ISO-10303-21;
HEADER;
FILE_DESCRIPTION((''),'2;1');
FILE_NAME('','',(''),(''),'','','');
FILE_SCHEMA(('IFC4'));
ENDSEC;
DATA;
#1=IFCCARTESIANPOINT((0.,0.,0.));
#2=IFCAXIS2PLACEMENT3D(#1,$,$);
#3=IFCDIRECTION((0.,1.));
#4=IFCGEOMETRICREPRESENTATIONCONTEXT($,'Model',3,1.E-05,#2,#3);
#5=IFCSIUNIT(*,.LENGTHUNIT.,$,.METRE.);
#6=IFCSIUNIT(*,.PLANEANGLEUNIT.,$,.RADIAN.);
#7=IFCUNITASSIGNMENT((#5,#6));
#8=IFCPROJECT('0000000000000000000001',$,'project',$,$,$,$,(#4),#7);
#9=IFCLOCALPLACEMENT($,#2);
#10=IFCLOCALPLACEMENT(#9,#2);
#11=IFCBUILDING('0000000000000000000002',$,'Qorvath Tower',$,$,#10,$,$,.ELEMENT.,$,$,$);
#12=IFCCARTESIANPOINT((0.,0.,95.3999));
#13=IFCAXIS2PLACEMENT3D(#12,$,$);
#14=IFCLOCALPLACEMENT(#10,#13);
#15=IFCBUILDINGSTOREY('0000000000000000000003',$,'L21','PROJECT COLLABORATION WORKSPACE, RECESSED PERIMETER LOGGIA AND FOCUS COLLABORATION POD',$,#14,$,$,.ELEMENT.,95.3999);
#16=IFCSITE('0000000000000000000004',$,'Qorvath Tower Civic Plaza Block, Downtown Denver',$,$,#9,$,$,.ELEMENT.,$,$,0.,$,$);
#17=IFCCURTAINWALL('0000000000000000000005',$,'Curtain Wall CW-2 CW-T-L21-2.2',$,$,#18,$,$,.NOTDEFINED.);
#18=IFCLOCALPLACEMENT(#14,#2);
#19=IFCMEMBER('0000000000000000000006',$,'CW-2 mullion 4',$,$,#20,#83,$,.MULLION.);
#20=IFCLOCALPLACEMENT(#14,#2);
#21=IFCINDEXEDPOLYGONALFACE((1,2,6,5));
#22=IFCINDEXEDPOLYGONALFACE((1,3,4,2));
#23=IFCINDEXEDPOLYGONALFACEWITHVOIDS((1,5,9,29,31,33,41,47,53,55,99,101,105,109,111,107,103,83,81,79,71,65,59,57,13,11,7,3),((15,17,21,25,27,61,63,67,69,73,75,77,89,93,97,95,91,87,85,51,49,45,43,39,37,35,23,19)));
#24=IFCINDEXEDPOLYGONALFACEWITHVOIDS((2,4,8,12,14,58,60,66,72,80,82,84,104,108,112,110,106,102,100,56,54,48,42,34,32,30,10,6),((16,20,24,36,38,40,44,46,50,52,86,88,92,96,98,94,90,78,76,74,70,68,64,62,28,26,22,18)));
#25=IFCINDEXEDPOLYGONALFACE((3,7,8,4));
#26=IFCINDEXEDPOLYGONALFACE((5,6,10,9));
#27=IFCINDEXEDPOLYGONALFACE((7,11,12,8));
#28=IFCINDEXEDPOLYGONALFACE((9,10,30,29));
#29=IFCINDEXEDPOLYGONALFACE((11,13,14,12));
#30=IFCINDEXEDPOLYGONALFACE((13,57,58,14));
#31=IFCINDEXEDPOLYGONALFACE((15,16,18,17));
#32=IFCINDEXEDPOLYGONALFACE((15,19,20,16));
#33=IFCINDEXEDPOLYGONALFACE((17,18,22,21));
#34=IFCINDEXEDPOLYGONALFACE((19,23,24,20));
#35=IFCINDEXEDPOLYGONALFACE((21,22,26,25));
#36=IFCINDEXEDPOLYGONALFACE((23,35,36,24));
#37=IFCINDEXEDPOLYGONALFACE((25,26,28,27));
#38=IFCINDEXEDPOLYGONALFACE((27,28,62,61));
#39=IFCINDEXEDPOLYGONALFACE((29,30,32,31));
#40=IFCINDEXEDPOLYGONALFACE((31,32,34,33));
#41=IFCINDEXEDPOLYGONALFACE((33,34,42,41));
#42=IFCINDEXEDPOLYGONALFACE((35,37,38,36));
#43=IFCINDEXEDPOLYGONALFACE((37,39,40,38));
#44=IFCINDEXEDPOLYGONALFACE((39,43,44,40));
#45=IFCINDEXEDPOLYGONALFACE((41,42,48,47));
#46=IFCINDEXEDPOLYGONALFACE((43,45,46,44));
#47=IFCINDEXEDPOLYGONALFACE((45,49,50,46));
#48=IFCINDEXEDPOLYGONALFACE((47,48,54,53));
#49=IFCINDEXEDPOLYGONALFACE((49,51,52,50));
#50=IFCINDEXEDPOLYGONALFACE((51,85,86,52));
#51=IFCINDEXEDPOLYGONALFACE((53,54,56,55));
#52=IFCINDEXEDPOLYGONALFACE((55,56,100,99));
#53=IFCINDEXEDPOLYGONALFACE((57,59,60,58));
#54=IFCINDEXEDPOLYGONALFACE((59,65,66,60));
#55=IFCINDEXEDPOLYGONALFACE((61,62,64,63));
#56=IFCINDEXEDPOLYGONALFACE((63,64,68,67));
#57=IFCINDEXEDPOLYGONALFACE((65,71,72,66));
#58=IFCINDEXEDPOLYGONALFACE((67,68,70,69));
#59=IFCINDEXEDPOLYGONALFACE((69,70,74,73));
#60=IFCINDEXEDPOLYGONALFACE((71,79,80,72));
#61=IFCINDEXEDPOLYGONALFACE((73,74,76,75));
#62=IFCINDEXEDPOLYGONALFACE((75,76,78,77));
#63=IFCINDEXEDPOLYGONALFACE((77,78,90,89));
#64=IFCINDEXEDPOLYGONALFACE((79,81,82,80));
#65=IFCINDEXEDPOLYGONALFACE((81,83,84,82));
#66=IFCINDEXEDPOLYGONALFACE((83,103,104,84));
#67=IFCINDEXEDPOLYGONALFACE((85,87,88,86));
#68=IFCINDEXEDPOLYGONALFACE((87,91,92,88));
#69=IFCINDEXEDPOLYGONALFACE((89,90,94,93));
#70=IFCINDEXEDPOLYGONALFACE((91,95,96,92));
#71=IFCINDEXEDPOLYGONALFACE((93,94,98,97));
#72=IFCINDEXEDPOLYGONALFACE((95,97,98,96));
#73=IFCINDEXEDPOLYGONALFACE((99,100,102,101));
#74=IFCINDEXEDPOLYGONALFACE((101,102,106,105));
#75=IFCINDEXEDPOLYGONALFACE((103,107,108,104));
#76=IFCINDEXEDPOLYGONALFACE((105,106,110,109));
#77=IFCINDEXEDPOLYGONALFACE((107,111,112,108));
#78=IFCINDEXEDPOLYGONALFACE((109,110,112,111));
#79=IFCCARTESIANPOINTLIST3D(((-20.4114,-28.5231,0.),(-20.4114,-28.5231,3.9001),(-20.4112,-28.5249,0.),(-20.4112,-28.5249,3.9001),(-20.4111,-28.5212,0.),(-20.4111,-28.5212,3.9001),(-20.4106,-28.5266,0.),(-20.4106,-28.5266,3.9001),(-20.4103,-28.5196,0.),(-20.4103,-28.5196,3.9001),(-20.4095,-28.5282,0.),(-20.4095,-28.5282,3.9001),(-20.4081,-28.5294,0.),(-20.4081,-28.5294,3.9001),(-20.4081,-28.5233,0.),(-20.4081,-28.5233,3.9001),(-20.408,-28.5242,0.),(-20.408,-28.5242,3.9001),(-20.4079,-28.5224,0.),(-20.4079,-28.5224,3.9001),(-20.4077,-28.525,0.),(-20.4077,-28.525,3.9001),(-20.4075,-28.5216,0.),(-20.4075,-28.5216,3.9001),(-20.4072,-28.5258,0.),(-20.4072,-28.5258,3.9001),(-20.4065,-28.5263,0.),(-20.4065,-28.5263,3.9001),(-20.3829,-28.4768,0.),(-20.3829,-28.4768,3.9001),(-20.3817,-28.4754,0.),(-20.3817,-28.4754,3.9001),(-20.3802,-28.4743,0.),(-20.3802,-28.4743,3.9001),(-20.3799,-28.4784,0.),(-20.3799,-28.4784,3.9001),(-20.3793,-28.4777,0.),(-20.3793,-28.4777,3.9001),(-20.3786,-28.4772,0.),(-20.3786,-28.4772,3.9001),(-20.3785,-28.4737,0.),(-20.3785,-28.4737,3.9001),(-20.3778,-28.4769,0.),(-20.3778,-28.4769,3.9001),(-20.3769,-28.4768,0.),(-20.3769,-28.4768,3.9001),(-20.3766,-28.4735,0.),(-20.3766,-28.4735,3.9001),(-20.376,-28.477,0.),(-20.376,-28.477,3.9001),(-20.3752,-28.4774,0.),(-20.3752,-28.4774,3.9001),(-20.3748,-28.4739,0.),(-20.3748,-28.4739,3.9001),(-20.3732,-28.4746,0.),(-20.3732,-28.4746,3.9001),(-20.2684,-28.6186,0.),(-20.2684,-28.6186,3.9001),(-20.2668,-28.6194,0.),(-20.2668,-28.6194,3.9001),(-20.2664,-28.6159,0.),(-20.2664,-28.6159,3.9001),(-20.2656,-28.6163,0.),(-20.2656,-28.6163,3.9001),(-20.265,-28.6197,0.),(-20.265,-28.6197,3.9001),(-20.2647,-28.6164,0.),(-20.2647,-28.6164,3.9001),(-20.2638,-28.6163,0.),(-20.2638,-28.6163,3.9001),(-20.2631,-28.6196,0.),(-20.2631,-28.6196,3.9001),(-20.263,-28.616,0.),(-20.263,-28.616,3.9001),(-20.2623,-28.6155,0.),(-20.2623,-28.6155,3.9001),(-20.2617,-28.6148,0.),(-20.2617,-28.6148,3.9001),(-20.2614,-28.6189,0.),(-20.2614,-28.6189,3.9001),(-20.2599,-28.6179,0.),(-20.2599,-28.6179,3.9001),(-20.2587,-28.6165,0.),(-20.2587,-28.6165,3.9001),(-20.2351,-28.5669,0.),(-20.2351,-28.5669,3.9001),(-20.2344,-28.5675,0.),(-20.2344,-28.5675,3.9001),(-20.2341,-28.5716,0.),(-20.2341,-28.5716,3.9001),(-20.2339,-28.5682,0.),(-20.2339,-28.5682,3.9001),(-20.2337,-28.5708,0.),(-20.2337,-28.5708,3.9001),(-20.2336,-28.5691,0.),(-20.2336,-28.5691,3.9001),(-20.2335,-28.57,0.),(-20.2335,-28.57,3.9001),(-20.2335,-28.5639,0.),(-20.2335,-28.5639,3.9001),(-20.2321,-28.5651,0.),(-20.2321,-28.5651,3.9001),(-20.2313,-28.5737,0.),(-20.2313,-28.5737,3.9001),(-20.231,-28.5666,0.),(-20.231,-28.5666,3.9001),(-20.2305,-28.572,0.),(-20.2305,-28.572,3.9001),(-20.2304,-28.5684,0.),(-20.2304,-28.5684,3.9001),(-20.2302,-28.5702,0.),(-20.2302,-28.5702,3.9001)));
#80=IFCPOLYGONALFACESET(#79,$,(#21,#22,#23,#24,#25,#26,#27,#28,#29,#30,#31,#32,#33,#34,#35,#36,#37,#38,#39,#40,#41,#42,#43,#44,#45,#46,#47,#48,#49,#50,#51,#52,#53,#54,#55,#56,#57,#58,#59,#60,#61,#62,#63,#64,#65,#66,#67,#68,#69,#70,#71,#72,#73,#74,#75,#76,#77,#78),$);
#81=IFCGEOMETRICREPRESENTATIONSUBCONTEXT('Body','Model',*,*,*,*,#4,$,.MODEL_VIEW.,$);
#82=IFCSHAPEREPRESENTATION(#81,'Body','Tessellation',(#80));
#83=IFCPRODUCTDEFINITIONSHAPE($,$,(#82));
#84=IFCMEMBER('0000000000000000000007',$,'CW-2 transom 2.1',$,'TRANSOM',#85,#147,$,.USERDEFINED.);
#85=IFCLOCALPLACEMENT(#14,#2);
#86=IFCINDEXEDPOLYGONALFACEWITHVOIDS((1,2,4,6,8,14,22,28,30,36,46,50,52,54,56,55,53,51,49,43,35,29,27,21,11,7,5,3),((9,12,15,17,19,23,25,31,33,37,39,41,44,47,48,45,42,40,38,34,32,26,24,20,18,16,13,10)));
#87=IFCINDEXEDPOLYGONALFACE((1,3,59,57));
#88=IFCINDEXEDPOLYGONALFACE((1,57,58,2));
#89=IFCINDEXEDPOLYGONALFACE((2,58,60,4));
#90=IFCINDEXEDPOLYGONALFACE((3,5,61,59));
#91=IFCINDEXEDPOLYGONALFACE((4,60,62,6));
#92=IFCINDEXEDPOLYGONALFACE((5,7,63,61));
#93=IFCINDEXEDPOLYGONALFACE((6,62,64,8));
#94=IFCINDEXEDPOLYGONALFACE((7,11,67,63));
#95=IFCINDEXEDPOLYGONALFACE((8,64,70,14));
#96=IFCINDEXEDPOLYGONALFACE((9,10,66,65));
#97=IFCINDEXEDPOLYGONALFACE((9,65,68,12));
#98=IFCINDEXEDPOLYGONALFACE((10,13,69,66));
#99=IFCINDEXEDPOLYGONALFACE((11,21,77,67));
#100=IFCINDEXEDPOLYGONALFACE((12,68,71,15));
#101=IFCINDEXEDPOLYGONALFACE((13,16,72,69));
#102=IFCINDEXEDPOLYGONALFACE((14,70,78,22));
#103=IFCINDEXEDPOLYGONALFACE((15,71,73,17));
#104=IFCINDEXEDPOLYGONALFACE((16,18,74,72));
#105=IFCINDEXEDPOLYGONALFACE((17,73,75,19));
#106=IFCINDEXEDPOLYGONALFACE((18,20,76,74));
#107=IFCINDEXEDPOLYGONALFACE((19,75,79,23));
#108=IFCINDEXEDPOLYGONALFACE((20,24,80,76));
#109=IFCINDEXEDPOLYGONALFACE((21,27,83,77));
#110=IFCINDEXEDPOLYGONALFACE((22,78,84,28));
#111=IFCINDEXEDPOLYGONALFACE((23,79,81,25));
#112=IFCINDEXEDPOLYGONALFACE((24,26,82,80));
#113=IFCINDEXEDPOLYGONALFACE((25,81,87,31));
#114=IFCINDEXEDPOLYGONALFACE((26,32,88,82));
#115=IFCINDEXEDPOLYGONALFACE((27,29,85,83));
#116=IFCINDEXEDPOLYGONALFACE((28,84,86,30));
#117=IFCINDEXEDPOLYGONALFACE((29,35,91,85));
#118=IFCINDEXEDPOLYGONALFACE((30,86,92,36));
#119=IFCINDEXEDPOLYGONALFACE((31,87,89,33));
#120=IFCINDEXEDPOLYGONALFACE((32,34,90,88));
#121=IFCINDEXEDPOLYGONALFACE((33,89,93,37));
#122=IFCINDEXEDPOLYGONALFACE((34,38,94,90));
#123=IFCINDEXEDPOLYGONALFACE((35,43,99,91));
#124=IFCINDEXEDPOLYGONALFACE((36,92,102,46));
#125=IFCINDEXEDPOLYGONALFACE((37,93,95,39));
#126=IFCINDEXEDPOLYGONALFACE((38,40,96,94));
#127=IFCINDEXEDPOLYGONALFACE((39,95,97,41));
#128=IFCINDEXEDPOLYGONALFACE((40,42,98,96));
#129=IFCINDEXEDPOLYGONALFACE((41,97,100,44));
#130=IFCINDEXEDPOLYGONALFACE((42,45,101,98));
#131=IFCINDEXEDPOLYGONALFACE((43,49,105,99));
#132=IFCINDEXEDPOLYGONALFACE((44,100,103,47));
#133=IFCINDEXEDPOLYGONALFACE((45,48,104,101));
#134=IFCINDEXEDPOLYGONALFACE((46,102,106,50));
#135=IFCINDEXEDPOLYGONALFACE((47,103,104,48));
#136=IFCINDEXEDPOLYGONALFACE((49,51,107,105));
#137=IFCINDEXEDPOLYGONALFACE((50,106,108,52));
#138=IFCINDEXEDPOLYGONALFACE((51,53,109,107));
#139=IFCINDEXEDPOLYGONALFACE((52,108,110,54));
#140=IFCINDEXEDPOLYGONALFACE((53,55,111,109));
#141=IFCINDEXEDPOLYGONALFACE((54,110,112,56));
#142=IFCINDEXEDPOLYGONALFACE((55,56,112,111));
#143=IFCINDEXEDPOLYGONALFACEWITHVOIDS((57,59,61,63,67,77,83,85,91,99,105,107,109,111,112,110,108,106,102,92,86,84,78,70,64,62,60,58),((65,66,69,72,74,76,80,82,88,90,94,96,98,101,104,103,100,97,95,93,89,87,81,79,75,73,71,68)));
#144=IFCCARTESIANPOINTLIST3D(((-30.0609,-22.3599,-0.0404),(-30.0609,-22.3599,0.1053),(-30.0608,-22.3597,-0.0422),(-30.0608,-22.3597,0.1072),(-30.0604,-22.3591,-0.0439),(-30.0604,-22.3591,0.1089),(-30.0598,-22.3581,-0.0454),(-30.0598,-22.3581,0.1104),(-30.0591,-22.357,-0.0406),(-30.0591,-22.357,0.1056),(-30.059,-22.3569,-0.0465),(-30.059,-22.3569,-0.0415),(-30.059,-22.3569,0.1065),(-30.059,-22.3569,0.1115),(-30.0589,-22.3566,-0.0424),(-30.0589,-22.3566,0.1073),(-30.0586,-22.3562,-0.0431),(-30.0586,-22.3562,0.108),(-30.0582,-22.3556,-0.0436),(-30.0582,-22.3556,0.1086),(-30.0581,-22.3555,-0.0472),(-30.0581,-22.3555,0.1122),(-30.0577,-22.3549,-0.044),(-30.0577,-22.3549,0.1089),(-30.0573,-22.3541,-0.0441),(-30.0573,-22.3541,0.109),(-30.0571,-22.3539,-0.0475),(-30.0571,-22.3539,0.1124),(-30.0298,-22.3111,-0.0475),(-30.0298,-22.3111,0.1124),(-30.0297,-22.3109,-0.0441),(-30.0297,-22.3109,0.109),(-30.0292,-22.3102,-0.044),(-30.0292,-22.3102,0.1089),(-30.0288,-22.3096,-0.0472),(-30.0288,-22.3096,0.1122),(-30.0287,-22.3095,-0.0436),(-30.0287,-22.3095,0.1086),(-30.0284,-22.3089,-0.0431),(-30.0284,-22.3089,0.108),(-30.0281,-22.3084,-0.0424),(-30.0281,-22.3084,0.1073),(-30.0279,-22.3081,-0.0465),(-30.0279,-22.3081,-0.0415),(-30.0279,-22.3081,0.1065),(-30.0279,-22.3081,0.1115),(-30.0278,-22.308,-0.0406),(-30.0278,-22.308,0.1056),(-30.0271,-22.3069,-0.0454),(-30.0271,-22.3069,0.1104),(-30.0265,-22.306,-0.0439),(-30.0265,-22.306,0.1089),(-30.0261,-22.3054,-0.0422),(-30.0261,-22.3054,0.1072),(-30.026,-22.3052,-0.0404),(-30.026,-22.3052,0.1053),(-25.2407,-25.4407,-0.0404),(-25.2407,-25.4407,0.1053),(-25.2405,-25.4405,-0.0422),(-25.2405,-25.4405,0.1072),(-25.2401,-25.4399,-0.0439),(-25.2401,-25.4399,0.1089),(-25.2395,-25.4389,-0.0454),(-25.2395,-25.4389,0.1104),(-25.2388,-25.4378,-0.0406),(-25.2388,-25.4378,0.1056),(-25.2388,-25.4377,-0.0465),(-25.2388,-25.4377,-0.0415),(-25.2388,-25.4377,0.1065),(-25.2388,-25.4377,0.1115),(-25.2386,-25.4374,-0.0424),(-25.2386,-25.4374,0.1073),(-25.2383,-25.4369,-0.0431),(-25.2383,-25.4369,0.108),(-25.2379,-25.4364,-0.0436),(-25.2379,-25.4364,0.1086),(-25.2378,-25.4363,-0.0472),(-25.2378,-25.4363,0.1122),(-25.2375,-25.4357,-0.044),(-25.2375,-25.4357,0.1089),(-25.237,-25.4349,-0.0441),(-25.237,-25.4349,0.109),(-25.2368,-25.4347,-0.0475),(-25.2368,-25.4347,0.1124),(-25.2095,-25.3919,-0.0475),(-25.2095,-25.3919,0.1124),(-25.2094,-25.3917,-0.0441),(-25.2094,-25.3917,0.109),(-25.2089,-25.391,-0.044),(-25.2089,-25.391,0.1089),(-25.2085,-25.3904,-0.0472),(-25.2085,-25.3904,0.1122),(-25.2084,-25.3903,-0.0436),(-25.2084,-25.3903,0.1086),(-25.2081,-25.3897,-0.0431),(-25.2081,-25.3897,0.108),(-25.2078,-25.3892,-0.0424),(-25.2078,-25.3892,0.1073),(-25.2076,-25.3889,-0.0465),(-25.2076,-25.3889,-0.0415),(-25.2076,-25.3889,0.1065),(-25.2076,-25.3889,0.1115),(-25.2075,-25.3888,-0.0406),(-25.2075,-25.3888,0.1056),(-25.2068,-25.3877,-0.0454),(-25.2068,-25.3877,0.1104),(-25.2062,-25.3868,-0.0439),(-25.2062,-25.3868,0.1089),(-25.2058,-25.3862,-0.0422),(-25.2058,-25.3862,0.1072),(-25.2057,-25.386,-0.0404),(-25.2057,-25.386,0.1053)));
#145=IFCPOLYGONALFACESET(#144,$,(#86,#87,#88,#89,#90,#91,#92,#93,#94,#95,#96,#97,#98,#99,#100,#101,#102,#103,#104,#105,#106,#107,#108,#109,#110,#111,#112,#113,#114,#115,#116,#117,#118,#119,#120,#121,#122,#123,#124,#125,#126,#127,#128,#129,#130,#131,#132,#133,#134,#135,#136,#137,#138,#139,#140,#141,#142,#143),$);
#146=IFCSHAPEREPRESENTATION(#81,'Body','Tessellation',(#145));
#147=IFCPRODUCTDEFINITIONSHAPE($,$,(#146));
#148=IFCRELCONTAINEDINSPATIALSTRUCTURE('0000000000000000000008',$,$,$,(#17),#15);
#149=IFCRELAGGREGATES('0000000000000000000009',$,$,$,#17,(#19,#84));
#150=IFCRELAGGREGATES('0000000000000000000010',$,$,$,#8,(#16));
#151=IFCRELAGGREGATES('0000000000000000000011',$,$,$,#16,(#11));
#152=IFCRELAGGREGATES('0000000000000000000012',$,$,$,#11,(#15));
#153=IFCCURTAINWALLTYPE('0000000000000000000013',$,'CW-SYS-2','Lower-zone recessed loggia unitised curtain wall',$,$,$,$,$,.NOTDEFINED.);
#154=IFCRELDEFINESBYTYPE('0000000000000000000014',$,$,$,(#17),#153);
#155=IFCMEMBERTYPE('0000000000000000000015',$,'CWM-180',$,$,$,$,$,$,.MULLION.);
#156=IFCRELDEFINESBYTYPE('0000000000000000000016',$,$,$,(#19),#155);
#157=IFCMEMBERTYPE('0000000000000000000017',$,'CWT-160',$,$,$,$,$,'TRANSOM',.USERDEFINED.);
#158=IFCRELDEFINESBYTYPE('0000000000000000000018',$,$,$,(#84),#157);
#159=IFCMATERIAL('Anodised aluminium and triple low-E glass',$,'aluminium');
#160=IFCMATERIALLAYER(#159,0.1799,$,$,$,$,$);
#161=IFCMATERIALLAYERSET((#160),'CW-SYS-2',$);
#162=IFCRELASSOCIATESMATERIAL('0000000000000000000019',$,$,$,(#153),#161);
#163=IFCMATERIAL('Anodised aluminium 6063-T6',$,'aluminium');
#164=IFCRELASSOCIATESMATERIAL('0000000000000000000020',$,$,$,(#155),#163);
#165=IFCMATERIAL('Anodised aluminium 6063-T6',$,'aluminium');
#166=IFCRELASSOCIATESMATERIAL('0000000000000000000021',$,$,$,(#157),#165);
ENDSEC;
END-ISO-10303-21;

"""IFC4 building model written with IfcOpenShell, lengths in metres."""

from ifc_helpers import new_model, si_unit, direction, frame, origin, origin_2d, place, context, subcontext, project, spatial, hollow_rectangle, extrude, material, layer, layer_set, material_profile, profile_set, type_object, element, aggregate, save


model = new_model("IFC4")

# Units and contexts
model_context = context("Model", 3, precision=1e-05, world=origin(), true_north=direction((0.0, 1.0)))
body_context = subcontext(model_context, "Body", "Model", "MODEL_VIEW")
ifc_project = project(units=[si_unit("LENGTHUNIT", "METRE"), si_unit("PLANEANGLEUNIT", "RADIAN")], contexts=[model_context])

# Site, building, storey
site_placement = place(None, origin())
site = spatial("IfcSite", under=ifc_project, at=site_placement, Name="Qorvath Tower Civic Plaza Block, Downtown Denver", CompositionType="ELEMENT", RefElevation=0.0)
building_placement = place(site_placement, origin())
building = spatial("IfcBuilding", under=site, at=building_placement, Name="Qorvath Tower", CompositionType="ELEMENT")
storey_placement = place(building_placement, frame((0.0, 0.0, 95.3999)))
storey = spatial("IfcBuildingStorey", under=building, at=storey_placement, Name="L21", Description="PROJECT COLLABORATION WORKSPACE, RECESSED PERIMETER LOGGIA AND FOCUS COLLABORATION POD", CompositionType="ELEMENT", Elevation=95.3999)

# Curtain wall, members
ifc_material_1 = material(Name="Anodised aluminium and triple low-E glass", Category="aluminium")
ifc_layer_1 = layer(ifc_material_1, 0.1799)
ifc_layer_set_1 = layer_set([ifc_layer_1], Name="CW-SYS-2")
curtain_wall_type = type_object("IfcCurtainWallType", Name="CW-SYS-2", Description="Lower-zone recessed loggia unitised curtain wall", PredefinedType="NOTDEFINED", material=ifc_layer_set_1)
curtain_wall_placement = place(storey_placement, origin())
curtain_wall = element("IfcCurtainWall", 1, at=curtain_wall_placement, inside=storey, type_object=curtain_wall_type, Name="Curtain Wall CW-2 CW-T-L21-2.2", PredefinedType="NOTDEFINED")
ifc_material_2 = material(Name="Anodised aluminium 6063-T6", Category="aluminium")
ifc_material_profile_1 = material_profile(ifc_material_2, hollow_rectangle(XDim=0.0649, YDim=0.1799, WallThickness=0.0034, InnerFilletRadius=0.0034, OuterFilletRadius=0.0071, at=origin_2d()), Name="CWM 180x65")
ifc_profile_set_1 = profile_set([ifc_material_profile_1], Name="Anodised aluminium 6063-T6")
member_type_1 = type_object("IfcMemberType", Name="CWM-180", PredefinedType="MULLION", material=ifc_profile_set_1)
member_1_placement = place(storey_placement, frame((-20.3208, -28.5466, 0.0), z_axis=(0.0, 0.0, 1.0), x_axis=(0.538539, 0.842601, 0.0)))
member_1 = element("IfcMember", 2, at=member_1_placement, type_object=member_type_1, Name="CW-2 mullion 4", PredefinedType="MULLION", context=body_context, shape_type="SweptSolid", body=[
    extrude(hollow_rectangle(XDim=0.0649, YDim=0.1799, WallThickness=0.0034, InnerFilletRadius=0.0034, OuterFilletRadius=0.0071, at=origin_2d()), origin(), (0.0, 0.0, 1.0), 3.9001),
])
ifc_material_3 = material(Name="Anodised aluminium 6063-T6", Category="aluminium")
ifc_material_profile_2 = material_profile(ifc_material_3, hollow_rectangle(XDim=0.0649, YDim=0.1599, WallThickness=0.0034, InnerFilletRadius=0.0034, OuterFilletRadius=0.0071, at=origin_2d()), Name="CWT 160x65")
ifc_profile_set_2 = profile_set([ifc_material_profile_2], Name="Anodised aluminium 6063-T6")
member_type_2 = type_object("IfcMemberType", Name="CWT-160", ElementType="TRANSOM", PredefinedType="USERDEFINED", material=ifc_profile_set_2)
member_2_placement = place(storey_placement, frame((-30.0435, -22.3325, 0.0325), z_axis=(0.842604, -0.538534, 0.0), x_axis=(0.538534, 0.842604, 0.0)))
member_2 = element("IfcMember", 3, at=member_2_placement, type_object=member_type_2, Name="CW-2 transom 2.1", ObjectType="TRANSOM", PredefinedType="USERDEFINED", context=body_context, shape_type="SweptSolid", body=[
    extrude(hollow_rectangle(XDim=0.0649, YDim=0.1599, WallThickness=0.0034, InnerFilletRadius=0.0034, OuterFilletRadius=0.0071, at=origin_2d()), origin(), (0.0, 0.0, 1.0), 5.7207),
])
aggregate(curtain_wall, [member_1, member_2])

save(model, "model.ifc")
